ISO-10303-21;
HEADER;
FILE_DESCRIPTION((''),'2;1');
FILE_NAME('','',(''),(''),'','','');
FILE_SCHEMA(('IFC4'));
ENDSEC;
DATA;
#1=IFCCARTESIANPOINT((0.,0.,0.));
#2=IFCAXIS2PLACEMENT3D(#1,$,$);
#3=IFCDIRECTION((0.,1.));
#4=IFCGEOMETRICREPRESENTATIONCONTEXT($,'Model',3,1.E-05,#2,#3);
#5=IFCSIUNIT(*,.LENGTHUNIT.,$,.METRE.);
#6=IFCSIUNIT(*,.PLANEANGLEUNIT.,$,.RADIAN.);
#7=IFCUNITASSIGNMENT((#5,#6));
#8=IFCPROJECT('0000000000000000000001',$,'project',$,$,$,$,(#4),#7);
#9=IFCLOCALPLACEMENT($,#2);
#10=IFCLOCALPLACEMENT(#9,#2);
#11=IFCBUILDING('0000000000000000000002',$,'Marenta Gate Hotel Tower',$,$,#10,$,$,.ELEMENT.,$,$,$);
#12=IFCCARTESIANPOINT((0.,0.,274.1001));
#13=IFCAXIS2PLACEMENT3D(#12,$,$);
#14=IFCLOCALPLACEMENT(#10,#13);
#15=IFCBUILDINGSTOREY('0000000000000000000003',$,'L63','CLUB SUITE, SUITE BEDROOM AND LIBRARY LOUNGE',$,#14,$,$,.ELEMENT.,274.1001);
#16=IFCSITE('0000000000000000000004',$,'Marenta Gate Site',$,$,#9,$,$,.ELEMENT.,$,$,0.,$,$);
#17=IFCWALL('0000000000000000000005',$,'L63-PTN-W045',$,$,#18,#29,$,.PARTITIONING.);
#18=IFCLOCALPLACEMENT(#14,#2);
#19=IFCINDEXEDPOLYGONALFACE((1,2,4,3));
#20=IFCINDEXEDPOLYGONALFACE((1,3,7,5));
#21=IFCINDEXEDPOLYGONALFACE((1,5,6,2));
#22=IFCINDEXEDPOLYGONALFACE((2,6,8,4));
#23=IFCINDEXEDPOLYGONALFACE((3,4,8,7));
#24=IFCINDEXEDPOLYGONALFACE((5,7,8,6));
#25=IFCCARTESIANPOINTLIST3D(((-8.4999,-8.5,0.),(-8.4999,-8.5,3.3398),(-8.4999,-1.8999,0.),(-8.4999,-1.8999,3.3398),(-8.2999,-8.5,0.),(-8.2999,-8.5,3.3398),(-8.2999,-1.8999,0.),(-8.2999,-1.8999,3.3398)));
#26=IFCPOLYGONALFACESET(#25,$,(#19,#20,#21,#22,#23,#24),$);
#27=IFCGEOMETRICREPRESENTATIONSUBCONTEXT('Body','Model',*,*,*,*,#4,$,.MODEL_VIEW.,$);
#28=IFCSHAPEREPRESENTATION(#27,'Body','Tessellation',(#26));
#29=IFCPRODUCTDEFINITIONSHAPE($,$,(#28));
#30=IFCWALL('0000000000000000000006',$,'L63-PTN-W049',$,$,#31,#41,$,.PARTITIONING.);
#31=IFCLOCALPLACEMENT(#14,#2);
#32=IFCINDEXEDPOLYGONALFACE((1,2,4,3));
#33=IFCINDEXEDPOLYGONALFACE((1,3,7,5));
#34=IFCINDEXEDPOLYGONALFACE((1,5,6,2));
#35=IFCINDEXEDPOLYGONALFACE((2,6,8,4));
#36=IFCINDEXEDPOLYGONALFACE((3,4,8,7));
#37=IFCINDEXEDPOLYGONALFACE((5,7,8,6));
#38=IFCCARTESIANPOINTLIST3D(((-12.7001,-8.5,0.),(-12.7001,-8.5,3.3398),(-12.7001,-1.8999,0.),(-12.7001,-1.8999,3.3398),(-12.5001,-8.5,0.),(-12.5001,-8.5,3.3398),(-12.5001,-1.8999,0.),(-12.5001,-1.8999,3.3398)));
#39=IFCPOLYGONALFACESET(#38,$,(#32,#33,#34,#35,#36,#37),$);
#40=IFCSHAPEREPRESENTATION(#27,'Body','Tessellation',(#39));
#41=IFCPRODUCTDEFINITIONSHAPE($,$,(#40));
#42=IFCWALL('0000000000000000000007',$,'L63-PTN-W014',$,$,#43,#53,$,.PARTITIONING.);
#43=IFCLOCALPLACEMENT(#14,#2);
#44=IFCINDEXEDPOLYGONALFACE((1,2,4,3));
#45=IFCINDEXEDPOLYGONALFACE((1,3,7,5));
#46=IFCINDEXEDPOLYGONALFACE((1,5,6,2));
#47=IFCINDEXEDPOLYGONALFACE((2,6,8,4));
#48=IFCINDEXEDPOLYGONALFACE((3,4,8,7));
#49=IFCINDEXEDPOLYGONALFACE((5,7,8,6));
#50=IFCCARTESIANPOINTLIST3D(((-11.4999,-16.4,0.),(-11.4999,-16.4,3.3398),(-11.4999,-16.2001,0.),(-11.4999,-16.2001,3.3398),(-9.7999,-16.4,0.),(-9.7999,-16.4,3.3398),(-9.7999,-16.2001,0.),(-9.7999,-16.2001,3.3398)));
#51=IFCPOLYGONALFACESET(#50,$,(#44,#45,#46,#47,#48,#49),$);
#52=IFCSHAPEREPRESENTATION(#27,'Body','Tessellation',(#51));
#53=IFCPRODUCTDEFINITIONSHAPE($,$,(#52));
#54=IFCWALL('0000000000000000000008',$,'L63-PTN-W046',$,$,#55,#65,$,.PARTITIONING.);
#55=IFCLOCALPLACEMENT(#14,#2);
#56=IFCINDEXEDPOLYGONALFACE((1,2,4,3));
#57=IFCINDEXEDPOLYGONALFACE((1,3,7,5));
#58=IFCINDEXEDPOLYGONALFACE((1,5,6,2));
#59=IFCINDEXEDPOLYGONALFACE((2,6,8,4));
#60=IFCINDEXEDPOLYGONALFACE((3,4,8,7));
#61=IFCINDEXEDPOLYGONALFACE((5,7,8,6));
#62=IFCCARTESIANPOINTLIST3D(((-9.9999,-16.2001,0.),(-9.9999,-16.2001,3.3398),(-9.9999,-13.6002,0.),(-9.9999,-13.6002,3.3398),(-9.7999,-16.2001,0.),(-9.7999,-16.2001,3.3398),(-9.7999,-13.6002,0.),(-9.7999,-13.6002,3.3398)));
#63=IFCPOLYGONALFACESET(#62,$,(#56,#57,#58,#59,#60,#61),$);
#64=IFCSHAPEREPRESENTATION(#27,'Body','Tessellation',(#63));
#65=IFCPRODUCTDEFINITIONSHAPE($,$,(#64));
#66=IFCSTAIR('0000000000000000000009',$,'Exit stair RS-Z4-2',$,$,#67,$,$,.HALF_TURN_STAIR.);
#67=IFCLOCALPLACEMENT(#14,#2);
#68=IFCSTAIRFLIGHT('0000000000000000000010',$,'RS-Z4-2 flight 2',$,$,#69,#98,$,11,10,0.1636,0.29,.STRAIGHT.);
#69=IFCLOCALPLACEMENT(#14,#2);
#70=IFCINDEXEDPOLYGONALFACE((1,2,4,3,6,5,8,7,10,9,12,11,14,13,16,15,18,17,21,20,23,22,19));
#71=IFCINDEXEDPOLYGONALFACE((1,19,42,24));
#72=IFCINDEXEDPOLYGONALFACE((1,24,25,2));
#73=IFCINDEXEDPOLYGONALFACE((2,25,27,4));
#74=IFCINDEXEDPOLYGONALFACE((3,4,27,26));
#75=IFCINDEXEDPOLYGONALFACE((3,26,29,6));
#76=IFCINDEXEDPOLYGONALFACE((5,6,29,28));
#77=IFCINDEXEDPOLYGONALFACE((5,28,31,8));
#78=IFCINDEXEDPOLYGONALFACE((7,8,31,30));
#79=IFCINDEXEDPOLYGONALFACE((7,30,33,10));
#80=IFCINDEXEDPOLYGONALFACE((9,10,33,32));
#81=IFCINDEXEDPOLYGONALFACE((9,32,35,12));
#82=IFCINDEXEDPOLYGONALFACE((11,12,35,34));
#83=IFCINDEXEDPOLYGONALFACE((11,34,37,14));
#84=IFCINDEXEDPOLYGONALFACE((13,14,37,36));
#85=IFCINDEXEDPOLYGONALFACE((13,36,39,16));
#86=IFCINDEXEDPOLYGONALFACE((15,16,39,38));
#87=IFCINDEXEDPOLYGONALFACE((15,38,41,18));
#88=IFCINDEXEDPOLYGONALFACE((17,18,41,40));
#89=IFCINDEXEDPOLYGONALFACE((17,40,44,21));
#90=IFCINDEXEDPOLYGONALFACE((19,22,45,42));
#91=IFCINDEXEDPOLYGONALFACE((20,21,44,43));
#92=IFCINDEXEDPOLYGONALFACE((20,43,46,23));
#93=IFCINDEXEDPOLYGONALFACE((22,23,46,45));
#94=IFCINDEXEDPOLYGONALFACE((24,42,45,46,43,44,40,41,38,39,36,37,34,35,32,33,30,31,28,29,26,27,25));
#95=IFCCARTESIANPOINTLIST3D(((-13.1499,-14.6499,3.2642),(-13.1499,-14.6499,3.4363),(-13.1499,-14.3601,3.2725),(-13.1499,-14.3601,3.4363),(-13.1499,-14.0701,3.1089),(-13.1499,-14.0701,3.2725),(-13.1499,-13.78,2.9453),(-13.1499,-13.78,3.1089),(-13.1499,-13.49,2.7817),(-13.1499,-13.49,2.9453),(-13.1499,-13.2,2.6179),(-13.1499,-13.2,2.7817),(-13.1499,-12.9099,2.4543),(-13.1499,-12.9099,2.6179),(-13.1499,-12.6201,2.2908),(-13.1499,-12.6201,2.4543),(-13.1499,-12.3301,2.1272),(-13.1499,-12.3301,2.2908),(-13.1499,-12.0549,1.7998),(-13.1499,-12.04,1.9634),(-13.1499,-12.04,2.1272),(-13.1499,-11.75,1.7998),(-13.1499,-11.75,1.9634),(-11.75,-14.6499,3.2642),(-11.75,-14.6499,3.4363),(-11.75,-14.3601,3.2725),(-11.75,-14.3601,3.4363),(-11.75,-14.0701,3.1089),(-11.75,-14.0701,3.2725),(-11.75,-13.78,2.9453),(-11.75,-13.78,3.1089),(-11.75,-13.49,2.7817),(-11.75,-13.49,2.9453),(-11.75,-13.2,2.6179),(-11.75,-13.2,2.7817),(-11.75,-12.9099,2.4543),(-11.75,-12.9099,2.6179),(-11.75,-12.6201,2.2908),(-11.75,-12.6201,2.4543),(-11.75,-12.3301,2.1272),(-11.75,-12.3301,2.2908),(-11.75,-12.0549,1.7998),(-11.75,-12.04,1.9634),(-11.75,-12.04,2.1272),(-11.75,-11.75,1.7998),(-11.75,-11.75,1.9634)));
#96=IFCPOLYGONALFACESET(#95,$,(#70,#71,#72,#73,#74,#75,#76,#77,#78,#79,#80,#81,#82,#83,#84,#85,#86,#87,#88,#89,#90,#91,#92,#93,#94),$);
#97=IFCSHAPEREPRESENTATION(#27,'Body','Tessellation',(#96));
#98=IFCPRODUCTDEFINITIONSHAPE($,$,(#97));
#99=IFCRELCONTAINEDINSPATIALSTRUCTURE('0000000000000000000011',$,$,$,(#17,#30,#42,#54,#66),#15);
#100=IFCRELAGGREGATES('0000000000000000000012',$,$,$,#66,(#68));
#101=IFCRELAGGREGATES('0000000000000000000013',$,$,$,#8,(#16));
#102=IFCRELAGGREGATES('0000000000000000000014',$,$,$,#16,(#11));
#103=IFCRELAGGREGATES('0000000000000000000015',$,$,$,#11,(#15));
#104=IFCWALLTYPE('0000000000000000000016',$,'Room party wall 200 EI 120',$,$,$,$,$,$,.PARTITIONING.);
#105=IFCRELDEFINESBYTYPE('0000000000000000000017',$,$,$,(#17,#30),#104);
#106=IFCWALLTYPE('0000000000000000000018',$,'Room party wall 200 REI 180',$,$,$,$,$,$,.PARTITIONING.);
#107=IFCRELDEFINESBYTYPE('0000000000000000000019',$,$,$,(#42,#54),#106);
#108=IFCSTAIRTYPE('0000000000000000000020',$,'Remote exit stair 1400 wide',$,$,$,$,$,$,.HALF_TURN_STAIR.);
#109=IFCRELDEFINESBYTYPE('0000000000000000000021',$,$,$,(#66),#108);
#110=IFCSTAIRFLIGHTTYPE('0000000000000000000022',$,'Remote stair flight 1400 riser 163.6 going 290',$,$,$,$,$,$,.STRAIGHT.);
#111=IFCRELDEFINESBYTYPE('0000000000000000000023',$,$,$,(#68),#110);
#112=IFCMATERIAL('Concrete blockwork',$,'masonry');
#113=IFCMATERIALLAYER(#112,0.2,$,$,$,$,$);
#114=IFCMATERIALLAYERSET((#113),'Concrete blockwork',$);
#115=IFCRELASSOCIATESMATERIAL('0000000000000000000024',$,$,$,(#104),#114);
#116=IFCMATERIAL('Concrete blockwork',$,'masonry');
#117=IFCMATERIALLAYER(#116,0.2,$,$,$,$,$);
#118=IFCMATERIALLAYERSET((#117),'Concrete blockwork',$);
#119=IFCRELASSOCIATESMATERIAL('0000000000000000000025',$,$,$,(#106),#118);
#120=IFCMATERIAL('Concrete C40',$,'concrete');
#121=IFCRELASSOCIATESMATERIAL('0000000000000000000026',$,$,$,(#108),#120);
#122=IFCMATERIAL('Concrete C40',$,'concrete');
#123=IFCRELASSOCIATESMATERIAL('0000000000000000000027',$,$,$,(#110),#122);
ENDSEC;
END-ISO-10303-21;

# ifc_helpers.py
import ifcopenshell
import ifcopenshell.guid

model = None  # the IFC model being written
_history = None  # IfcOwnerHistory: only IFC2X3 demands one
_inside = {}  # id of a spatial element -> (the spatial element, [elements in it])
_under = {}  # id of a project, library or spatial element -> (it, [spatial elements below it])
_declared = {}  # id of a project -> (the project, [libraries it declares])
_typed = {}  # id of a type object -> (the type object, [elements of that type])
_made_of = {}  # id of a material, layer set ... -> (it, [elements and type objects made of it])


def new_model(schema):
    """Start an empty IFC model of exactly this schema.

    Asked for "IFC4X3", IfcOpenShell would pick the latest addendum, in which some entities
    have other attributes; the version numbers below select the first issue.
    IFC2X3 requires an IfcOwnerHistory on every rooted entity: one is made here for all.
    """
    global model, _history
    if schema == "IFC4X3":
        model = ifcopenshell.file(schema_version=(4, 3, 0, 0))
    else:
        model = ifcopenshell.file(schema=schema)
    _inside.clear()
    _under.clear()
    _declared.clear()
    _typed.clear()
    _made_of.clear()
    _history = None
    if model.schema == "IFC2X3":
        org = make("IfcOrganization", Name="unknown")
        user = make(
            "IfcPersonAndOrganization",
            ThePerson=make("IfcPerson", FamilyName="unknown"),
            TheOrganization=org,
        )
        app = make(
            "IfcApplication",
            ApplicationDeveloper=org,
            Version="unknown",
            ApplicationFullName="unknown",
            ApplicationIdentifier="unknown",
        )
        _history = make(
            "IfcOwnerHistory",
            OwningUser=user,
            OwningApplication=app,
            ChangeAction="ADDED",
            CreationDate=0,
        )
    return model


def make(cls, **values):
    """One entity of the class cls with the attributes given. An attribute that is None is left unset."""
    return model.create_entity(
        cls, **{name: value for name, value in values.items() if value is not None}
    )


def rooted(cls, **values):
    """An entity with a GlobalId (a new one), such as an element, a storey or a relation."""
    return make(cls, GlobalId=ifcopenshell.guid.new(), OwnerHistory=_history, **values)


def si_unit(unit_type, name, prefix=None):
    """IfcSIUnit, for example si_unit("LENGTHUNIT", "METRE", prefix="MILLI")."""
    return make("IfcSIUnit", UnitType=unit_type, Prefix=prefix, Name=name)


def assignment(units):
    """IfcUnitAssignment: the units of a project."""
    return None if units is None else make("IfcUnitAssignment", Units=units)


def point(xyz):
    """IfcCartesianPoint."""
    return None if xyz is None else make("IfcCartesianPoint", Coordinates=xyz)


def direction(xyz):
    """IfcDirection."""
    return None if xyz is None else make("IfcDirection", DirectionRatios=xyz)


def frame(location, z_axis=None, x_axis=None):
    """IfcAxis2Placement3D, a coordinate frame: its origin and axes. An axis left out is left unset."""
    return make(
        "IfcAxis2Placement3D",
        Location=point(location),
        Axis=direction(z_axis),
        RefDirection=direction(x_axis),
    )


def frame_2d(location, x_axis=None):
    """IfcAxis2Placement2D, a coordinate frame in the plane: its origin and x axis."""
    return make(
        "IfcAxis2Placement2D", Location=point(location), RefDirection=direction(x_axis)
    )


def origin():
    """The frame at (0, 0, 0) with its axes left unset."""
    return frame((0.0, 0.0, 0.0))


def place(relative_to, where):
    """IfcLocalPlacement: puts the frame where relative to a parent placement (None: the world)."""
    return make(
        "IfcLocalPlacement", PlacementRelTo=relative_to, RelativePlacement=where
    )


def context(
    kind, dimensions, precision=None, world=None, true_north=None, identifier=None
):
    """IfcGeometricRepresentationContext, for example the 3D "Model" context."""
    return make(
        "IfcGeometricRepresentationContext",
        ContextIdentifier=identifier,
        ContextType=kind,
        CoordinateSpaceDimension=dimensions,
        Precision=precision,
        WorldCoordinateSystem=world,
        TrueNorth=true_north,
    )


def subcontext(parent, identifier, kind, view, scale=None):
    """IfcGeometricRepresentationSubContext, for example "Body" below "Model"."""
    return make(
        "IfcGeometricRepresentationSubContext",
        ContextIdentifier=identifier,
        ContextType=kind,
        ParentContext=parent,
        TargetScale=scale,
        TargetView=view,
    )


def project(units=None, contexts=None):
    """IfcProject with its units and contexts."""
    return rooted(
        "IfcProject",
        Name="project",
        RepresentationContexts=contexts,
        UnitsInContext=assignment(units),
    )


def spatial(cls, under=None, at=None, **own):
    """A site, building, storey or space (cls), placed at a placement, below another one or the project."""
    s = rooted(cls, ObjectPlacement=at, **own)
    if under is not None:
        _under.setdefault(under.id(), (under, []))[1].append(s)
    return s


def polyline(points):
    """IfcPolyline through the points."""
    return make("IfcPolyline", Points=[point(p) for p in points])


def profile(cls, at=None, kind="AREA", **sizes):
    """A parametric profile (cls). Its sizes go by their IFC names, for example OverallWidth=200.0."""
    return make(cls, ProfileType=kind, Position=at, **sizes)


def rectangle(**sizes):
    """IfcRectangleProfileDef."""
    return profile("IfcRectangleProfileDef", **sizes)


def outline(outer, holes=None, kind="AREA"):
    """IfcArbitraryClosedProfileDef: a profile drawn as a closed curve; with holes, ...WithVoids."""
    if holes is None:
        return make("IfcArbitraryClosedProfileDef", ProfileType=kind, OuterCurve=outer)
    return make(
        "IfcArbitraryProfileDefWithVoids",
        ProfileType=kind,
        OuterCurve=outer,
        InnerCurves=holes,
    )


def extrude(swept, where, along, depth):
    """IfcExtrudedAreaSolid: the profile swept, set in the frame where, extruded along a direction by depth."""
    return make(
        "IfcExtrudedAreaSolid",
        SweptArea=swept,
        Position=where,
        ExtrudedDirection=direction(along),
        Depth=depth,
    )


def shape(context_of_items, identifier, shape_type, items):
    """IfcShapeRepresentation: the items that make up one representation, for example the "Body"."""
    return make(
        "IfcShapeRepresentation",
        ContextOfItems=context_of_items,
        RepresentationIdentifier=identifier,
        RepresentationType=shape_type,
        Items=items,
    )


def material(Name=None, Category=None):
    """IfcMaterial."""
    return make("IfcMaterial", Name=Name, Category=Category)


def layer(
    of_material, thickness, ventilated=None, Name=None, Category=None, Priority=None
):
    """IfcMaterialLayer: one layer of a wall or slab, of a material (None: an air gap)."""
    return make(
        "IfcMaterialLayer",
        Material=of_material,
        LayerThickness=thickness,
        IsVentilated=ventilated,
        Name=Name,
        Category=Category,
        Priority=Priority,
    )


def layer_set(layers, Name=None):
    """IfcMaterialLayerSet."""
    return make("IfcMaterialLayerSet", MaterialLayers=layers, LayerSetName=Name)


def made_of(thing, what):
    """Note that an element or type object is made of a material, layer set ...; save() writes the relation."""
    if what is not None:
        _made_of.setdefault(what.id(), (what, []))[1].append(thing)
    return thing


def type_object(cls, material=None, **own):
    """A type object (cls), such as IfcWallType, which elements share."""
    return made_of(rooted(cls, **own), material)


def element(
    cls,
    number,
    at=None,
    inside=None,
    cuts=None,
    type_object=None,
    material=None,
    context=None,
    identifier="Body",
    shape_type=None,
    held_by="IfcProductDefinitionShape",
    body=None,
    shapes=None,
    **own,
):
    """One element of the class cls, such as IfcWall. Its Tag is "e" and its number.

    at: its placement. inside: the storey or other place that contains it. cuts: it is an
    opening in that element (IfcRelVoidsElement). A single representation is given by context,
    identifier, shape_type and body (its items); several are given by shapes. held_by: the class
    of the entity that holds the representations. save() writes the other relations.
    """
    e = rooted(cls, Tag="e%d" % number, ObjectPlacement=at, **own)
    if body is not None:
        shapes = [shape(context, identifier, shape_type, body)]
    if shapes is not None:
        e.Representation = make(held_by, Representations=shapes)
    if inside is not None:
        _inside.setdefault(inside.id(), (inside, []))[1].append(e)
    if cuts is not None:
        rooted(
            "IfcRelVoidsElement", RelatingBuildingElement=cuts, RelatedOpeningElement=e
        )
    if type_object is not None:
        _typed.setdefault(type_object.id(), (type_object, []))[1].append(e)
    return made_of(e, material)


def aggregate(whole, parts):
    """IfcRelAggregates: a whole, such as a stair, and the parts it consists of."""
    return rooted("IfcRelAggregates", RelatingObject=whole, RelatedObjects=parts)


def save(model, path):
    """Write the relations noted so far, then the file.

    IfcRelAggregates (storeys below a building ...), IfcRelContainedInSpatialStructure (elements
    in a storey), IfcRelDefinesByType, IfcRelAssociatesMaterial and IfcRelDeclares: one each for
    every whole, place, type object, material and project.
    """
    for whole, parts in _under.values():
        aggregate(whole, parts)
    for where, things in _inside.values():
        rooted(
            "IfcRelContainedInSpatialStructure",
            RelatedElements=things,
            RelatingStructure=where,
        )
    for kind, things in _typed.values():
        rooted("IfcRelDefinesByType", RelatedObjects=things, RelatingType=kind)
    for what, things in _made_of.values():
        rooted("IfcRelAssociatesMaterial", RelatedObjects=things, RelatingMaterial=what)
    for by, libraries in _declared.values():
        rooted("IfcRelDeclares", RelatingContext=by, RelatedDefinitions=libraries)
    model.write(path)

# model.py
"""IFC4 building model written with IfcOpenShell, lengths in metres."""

from ifc_helpers import new_model, si_unit, direction, frame, frame_2d, origin, place, context, subcontext, project, spatial, polyline, rectangle, outline, extrude, material, layer, layer_set, type_object, element, aggregate, save


model = new_model("IFC4")

# Units and contexts
model_context = context("Model", 3, precision=1e-05, world=origin(), true_north=direction((0.0, 1.0)))
body_context = subcontext(model_context, "Body", "Model", "MODEL_VIEW")
ifc_project = project(units=[si_unit("LENGTHUNIT", "METRE"), si_unit("PLANEANGLEUNIT", "RADIAN")], contexts=[model_context])

# Site, building, storey
site_placement = place(None, origin())
site = spatial("IfcSite", under=ifc_project, at=site_placement, Name="Marenta Gate Site", CompositionType="ELEMENT", RefElevation=0.0)
building_placement = place(site_placement, origin())
building = spatial("IfcBuilding", under=site, at=building_placement, Name="Marenta Gate Hotel Tower", CompositionType="ELEMENT")
storey_placement = place(building_placement, frame((0.0, 0.0, 274.1001)))
storey = spatial("IfcBuildingStorey", under=building, at=storey_placement, Name="L63", Description="CLUB SUITE, SUITE BEDROOM AND LIBRARY LOUNGE", CompositionType="ELEMENT", Elevation=274.1001)

# Walls
ifc_material_1 = material(Name="Concrete blockwork", Category="masonry")
ifc_layer_1 = layer(ifc_material_1, 0.2)
ifc_layer_set_1 = layer_set([ifc_layer_1], Name="Concrete blockwork")
wall_type_1 = type_object("IfcWallType", Name="Room party wall 200 EI 120", PredefinedType="PARTITIONING", material=ifc_layer_set_1)
for number, where, z_axis, x_axis, name in (
    (1, (-8.3999, -8.5, 0.0), (0.0, 0.0, 1.0), (0.0, 1.0, 0.0), "L63-PTN-W045"),
    (2, (-12.6001, -8.5, 0.0), (0.0, 0.0, 1.0), (0.0, 1.0, 0.0), "L63-PTN-W049"),
):
    element("IfcWall", number, at=place(storey_placement, frame(where, z_axis=z_axis, x_axis=x_axis)), inside=storey, type_object=wall_type_1, Name=name, PredefinedType="PARTITIONING", context=body_context, shape_type="SweptSolid", body=[
        extrude(rectangle(XDim=6.6001, YDim=0.2, at=frame_2d((3.3, 0.0))), origin(), (0.0, 0.0, 1.0), 3.3398),
    ])
ifc_material_2 = material(Name="Concrete blockwork", Category="masonry")
ifc_layer_2 = layer(ifc_material_2, 0.2)
ifc_layer_set_2 = layer_set([ifc_layer_2], Name="Concrete blockwork")
wall_type_2 = type_object("IfcWallType", Name="Room party wall 200 REI 180", PredefinedType="PARTITIONING", material=ifc_layer_set_2)
wall_1_placement = place(storey_placement, frame((-11.5, -16.3, 0.0), z_axis=(0.0, 0.0, 1.0), x_axis=(1.0, 0.0, 0.0)))
element("IfcWall", 3, at=wall_1_placement, inside=storey, type_object=wall_type_2, Name="L63-PTN-W014", PredefinedType="PARTITIONING", context=body_context, shape_type="SweptSolid", body=[
    extrude(rectangle(XDim=1.7, YDim=0.2, at=frame_2d((0.8501, 0.0))), origin(), (0.0, 0.0, 1.0), 3.3398),
])
wall_2_placement = place(storey_placement, frame((-9.8999, -16.2, 0.0), z_axis=(0.0, 0.0, 1.0), x_axis=(0.0, 1.0, 0.0)))
element("IfcWall", 4, at=wall_2_placement, inside=storey, type_object=wall_type_2, Name="L63-PTN-W046", PredefinedType="PARTITIONING", context=body_context, shape_type="SweptSolid", body=[
    extrude(rectangle(XDim=2.5999, YDim=0.2, at=frame_2d((1.2998, 0.0))), origin(), (0.0, 0.0, 1.0), 3.3398),
])

# Stair, stair flight
ifc_material_3 = material(Name="Concrete C40", Category="concrete")
stair_type = type_object("IfcStairType", Name="Remote exit stair 1400 wide", PredefinedType="HALF_TURN_STAIR", material=ifc_material_3)
stair_placement = place(storey_placement, origin())
stair = element("IfcStair", 5, at=stair_placement, inside=storey, type_object=stair_type, Name="Exit stair RS-Z4-2", PredefinedType="HALF_TURN_STAIR")
ifc_material_4 = material(Name="Concrete C40", Category="concrete")
stair_flight_type = type_object("IfcStairFlightType", Name="Remote stair flight 1400 riser 163.6 going 290", PredefinedType="STRAIGHT", material=ifc_material_4)
stair_flight_placement = place(storey_placement, frame((-12.45, -11.75, 1.7998), z_axis=(0.0, 0.0, 1.0), x_axis=(0.0, -1.0, 0.0)))
stair_flight = element("IfcStairFlight", 6, at=stair_flight_placement, type_object=stair_flight_type, Name="RS-Z4-2 flight 2", NumberOfRisers=11, NumberOfTreads=10, PredefinedType="STRAIGHT", RiserHeight=0.1636, TreadLength=0.29, context=body_context, shape_type="SweptSolid", body=[
    extrude(outline(polyline([(0.0, 0.0), (0.0, 0.1636), (0.29, 0.1636), (0.29, 0.3274), (0.5801, 0.3274), (0.5801, 0.491), (0.8701, 0.491), (0.8701, 0.6545), (1.1599, 0.6545), (1.1599, 0.8181), (1.45, 0.8181), (1.45, 0.9819), (1.74, 0.9819), (1.74, 1.1455), (2.03, 1.1455), (2.03, 1.3091), (2.3201, 1.3091), (2.3201, 1.4727), (2.6101, 1.4727), (2.6101, 1.6365), (2.8999, 1.6365), (2.8999, 1.8), (2.8999, 1.4644), (0.3049, 0.0), (0.0, 0.0)])), frame((0.0, 0.7, 0.0), z_axis=(0.0, -1.0, 0.0), x_axis=(1.0, 0.0, 0.0)), (0.0, 0.0, 1.0), 1.3999),
])
aggregate(stair, [stair_flight])

save(model, "model.ifc")
